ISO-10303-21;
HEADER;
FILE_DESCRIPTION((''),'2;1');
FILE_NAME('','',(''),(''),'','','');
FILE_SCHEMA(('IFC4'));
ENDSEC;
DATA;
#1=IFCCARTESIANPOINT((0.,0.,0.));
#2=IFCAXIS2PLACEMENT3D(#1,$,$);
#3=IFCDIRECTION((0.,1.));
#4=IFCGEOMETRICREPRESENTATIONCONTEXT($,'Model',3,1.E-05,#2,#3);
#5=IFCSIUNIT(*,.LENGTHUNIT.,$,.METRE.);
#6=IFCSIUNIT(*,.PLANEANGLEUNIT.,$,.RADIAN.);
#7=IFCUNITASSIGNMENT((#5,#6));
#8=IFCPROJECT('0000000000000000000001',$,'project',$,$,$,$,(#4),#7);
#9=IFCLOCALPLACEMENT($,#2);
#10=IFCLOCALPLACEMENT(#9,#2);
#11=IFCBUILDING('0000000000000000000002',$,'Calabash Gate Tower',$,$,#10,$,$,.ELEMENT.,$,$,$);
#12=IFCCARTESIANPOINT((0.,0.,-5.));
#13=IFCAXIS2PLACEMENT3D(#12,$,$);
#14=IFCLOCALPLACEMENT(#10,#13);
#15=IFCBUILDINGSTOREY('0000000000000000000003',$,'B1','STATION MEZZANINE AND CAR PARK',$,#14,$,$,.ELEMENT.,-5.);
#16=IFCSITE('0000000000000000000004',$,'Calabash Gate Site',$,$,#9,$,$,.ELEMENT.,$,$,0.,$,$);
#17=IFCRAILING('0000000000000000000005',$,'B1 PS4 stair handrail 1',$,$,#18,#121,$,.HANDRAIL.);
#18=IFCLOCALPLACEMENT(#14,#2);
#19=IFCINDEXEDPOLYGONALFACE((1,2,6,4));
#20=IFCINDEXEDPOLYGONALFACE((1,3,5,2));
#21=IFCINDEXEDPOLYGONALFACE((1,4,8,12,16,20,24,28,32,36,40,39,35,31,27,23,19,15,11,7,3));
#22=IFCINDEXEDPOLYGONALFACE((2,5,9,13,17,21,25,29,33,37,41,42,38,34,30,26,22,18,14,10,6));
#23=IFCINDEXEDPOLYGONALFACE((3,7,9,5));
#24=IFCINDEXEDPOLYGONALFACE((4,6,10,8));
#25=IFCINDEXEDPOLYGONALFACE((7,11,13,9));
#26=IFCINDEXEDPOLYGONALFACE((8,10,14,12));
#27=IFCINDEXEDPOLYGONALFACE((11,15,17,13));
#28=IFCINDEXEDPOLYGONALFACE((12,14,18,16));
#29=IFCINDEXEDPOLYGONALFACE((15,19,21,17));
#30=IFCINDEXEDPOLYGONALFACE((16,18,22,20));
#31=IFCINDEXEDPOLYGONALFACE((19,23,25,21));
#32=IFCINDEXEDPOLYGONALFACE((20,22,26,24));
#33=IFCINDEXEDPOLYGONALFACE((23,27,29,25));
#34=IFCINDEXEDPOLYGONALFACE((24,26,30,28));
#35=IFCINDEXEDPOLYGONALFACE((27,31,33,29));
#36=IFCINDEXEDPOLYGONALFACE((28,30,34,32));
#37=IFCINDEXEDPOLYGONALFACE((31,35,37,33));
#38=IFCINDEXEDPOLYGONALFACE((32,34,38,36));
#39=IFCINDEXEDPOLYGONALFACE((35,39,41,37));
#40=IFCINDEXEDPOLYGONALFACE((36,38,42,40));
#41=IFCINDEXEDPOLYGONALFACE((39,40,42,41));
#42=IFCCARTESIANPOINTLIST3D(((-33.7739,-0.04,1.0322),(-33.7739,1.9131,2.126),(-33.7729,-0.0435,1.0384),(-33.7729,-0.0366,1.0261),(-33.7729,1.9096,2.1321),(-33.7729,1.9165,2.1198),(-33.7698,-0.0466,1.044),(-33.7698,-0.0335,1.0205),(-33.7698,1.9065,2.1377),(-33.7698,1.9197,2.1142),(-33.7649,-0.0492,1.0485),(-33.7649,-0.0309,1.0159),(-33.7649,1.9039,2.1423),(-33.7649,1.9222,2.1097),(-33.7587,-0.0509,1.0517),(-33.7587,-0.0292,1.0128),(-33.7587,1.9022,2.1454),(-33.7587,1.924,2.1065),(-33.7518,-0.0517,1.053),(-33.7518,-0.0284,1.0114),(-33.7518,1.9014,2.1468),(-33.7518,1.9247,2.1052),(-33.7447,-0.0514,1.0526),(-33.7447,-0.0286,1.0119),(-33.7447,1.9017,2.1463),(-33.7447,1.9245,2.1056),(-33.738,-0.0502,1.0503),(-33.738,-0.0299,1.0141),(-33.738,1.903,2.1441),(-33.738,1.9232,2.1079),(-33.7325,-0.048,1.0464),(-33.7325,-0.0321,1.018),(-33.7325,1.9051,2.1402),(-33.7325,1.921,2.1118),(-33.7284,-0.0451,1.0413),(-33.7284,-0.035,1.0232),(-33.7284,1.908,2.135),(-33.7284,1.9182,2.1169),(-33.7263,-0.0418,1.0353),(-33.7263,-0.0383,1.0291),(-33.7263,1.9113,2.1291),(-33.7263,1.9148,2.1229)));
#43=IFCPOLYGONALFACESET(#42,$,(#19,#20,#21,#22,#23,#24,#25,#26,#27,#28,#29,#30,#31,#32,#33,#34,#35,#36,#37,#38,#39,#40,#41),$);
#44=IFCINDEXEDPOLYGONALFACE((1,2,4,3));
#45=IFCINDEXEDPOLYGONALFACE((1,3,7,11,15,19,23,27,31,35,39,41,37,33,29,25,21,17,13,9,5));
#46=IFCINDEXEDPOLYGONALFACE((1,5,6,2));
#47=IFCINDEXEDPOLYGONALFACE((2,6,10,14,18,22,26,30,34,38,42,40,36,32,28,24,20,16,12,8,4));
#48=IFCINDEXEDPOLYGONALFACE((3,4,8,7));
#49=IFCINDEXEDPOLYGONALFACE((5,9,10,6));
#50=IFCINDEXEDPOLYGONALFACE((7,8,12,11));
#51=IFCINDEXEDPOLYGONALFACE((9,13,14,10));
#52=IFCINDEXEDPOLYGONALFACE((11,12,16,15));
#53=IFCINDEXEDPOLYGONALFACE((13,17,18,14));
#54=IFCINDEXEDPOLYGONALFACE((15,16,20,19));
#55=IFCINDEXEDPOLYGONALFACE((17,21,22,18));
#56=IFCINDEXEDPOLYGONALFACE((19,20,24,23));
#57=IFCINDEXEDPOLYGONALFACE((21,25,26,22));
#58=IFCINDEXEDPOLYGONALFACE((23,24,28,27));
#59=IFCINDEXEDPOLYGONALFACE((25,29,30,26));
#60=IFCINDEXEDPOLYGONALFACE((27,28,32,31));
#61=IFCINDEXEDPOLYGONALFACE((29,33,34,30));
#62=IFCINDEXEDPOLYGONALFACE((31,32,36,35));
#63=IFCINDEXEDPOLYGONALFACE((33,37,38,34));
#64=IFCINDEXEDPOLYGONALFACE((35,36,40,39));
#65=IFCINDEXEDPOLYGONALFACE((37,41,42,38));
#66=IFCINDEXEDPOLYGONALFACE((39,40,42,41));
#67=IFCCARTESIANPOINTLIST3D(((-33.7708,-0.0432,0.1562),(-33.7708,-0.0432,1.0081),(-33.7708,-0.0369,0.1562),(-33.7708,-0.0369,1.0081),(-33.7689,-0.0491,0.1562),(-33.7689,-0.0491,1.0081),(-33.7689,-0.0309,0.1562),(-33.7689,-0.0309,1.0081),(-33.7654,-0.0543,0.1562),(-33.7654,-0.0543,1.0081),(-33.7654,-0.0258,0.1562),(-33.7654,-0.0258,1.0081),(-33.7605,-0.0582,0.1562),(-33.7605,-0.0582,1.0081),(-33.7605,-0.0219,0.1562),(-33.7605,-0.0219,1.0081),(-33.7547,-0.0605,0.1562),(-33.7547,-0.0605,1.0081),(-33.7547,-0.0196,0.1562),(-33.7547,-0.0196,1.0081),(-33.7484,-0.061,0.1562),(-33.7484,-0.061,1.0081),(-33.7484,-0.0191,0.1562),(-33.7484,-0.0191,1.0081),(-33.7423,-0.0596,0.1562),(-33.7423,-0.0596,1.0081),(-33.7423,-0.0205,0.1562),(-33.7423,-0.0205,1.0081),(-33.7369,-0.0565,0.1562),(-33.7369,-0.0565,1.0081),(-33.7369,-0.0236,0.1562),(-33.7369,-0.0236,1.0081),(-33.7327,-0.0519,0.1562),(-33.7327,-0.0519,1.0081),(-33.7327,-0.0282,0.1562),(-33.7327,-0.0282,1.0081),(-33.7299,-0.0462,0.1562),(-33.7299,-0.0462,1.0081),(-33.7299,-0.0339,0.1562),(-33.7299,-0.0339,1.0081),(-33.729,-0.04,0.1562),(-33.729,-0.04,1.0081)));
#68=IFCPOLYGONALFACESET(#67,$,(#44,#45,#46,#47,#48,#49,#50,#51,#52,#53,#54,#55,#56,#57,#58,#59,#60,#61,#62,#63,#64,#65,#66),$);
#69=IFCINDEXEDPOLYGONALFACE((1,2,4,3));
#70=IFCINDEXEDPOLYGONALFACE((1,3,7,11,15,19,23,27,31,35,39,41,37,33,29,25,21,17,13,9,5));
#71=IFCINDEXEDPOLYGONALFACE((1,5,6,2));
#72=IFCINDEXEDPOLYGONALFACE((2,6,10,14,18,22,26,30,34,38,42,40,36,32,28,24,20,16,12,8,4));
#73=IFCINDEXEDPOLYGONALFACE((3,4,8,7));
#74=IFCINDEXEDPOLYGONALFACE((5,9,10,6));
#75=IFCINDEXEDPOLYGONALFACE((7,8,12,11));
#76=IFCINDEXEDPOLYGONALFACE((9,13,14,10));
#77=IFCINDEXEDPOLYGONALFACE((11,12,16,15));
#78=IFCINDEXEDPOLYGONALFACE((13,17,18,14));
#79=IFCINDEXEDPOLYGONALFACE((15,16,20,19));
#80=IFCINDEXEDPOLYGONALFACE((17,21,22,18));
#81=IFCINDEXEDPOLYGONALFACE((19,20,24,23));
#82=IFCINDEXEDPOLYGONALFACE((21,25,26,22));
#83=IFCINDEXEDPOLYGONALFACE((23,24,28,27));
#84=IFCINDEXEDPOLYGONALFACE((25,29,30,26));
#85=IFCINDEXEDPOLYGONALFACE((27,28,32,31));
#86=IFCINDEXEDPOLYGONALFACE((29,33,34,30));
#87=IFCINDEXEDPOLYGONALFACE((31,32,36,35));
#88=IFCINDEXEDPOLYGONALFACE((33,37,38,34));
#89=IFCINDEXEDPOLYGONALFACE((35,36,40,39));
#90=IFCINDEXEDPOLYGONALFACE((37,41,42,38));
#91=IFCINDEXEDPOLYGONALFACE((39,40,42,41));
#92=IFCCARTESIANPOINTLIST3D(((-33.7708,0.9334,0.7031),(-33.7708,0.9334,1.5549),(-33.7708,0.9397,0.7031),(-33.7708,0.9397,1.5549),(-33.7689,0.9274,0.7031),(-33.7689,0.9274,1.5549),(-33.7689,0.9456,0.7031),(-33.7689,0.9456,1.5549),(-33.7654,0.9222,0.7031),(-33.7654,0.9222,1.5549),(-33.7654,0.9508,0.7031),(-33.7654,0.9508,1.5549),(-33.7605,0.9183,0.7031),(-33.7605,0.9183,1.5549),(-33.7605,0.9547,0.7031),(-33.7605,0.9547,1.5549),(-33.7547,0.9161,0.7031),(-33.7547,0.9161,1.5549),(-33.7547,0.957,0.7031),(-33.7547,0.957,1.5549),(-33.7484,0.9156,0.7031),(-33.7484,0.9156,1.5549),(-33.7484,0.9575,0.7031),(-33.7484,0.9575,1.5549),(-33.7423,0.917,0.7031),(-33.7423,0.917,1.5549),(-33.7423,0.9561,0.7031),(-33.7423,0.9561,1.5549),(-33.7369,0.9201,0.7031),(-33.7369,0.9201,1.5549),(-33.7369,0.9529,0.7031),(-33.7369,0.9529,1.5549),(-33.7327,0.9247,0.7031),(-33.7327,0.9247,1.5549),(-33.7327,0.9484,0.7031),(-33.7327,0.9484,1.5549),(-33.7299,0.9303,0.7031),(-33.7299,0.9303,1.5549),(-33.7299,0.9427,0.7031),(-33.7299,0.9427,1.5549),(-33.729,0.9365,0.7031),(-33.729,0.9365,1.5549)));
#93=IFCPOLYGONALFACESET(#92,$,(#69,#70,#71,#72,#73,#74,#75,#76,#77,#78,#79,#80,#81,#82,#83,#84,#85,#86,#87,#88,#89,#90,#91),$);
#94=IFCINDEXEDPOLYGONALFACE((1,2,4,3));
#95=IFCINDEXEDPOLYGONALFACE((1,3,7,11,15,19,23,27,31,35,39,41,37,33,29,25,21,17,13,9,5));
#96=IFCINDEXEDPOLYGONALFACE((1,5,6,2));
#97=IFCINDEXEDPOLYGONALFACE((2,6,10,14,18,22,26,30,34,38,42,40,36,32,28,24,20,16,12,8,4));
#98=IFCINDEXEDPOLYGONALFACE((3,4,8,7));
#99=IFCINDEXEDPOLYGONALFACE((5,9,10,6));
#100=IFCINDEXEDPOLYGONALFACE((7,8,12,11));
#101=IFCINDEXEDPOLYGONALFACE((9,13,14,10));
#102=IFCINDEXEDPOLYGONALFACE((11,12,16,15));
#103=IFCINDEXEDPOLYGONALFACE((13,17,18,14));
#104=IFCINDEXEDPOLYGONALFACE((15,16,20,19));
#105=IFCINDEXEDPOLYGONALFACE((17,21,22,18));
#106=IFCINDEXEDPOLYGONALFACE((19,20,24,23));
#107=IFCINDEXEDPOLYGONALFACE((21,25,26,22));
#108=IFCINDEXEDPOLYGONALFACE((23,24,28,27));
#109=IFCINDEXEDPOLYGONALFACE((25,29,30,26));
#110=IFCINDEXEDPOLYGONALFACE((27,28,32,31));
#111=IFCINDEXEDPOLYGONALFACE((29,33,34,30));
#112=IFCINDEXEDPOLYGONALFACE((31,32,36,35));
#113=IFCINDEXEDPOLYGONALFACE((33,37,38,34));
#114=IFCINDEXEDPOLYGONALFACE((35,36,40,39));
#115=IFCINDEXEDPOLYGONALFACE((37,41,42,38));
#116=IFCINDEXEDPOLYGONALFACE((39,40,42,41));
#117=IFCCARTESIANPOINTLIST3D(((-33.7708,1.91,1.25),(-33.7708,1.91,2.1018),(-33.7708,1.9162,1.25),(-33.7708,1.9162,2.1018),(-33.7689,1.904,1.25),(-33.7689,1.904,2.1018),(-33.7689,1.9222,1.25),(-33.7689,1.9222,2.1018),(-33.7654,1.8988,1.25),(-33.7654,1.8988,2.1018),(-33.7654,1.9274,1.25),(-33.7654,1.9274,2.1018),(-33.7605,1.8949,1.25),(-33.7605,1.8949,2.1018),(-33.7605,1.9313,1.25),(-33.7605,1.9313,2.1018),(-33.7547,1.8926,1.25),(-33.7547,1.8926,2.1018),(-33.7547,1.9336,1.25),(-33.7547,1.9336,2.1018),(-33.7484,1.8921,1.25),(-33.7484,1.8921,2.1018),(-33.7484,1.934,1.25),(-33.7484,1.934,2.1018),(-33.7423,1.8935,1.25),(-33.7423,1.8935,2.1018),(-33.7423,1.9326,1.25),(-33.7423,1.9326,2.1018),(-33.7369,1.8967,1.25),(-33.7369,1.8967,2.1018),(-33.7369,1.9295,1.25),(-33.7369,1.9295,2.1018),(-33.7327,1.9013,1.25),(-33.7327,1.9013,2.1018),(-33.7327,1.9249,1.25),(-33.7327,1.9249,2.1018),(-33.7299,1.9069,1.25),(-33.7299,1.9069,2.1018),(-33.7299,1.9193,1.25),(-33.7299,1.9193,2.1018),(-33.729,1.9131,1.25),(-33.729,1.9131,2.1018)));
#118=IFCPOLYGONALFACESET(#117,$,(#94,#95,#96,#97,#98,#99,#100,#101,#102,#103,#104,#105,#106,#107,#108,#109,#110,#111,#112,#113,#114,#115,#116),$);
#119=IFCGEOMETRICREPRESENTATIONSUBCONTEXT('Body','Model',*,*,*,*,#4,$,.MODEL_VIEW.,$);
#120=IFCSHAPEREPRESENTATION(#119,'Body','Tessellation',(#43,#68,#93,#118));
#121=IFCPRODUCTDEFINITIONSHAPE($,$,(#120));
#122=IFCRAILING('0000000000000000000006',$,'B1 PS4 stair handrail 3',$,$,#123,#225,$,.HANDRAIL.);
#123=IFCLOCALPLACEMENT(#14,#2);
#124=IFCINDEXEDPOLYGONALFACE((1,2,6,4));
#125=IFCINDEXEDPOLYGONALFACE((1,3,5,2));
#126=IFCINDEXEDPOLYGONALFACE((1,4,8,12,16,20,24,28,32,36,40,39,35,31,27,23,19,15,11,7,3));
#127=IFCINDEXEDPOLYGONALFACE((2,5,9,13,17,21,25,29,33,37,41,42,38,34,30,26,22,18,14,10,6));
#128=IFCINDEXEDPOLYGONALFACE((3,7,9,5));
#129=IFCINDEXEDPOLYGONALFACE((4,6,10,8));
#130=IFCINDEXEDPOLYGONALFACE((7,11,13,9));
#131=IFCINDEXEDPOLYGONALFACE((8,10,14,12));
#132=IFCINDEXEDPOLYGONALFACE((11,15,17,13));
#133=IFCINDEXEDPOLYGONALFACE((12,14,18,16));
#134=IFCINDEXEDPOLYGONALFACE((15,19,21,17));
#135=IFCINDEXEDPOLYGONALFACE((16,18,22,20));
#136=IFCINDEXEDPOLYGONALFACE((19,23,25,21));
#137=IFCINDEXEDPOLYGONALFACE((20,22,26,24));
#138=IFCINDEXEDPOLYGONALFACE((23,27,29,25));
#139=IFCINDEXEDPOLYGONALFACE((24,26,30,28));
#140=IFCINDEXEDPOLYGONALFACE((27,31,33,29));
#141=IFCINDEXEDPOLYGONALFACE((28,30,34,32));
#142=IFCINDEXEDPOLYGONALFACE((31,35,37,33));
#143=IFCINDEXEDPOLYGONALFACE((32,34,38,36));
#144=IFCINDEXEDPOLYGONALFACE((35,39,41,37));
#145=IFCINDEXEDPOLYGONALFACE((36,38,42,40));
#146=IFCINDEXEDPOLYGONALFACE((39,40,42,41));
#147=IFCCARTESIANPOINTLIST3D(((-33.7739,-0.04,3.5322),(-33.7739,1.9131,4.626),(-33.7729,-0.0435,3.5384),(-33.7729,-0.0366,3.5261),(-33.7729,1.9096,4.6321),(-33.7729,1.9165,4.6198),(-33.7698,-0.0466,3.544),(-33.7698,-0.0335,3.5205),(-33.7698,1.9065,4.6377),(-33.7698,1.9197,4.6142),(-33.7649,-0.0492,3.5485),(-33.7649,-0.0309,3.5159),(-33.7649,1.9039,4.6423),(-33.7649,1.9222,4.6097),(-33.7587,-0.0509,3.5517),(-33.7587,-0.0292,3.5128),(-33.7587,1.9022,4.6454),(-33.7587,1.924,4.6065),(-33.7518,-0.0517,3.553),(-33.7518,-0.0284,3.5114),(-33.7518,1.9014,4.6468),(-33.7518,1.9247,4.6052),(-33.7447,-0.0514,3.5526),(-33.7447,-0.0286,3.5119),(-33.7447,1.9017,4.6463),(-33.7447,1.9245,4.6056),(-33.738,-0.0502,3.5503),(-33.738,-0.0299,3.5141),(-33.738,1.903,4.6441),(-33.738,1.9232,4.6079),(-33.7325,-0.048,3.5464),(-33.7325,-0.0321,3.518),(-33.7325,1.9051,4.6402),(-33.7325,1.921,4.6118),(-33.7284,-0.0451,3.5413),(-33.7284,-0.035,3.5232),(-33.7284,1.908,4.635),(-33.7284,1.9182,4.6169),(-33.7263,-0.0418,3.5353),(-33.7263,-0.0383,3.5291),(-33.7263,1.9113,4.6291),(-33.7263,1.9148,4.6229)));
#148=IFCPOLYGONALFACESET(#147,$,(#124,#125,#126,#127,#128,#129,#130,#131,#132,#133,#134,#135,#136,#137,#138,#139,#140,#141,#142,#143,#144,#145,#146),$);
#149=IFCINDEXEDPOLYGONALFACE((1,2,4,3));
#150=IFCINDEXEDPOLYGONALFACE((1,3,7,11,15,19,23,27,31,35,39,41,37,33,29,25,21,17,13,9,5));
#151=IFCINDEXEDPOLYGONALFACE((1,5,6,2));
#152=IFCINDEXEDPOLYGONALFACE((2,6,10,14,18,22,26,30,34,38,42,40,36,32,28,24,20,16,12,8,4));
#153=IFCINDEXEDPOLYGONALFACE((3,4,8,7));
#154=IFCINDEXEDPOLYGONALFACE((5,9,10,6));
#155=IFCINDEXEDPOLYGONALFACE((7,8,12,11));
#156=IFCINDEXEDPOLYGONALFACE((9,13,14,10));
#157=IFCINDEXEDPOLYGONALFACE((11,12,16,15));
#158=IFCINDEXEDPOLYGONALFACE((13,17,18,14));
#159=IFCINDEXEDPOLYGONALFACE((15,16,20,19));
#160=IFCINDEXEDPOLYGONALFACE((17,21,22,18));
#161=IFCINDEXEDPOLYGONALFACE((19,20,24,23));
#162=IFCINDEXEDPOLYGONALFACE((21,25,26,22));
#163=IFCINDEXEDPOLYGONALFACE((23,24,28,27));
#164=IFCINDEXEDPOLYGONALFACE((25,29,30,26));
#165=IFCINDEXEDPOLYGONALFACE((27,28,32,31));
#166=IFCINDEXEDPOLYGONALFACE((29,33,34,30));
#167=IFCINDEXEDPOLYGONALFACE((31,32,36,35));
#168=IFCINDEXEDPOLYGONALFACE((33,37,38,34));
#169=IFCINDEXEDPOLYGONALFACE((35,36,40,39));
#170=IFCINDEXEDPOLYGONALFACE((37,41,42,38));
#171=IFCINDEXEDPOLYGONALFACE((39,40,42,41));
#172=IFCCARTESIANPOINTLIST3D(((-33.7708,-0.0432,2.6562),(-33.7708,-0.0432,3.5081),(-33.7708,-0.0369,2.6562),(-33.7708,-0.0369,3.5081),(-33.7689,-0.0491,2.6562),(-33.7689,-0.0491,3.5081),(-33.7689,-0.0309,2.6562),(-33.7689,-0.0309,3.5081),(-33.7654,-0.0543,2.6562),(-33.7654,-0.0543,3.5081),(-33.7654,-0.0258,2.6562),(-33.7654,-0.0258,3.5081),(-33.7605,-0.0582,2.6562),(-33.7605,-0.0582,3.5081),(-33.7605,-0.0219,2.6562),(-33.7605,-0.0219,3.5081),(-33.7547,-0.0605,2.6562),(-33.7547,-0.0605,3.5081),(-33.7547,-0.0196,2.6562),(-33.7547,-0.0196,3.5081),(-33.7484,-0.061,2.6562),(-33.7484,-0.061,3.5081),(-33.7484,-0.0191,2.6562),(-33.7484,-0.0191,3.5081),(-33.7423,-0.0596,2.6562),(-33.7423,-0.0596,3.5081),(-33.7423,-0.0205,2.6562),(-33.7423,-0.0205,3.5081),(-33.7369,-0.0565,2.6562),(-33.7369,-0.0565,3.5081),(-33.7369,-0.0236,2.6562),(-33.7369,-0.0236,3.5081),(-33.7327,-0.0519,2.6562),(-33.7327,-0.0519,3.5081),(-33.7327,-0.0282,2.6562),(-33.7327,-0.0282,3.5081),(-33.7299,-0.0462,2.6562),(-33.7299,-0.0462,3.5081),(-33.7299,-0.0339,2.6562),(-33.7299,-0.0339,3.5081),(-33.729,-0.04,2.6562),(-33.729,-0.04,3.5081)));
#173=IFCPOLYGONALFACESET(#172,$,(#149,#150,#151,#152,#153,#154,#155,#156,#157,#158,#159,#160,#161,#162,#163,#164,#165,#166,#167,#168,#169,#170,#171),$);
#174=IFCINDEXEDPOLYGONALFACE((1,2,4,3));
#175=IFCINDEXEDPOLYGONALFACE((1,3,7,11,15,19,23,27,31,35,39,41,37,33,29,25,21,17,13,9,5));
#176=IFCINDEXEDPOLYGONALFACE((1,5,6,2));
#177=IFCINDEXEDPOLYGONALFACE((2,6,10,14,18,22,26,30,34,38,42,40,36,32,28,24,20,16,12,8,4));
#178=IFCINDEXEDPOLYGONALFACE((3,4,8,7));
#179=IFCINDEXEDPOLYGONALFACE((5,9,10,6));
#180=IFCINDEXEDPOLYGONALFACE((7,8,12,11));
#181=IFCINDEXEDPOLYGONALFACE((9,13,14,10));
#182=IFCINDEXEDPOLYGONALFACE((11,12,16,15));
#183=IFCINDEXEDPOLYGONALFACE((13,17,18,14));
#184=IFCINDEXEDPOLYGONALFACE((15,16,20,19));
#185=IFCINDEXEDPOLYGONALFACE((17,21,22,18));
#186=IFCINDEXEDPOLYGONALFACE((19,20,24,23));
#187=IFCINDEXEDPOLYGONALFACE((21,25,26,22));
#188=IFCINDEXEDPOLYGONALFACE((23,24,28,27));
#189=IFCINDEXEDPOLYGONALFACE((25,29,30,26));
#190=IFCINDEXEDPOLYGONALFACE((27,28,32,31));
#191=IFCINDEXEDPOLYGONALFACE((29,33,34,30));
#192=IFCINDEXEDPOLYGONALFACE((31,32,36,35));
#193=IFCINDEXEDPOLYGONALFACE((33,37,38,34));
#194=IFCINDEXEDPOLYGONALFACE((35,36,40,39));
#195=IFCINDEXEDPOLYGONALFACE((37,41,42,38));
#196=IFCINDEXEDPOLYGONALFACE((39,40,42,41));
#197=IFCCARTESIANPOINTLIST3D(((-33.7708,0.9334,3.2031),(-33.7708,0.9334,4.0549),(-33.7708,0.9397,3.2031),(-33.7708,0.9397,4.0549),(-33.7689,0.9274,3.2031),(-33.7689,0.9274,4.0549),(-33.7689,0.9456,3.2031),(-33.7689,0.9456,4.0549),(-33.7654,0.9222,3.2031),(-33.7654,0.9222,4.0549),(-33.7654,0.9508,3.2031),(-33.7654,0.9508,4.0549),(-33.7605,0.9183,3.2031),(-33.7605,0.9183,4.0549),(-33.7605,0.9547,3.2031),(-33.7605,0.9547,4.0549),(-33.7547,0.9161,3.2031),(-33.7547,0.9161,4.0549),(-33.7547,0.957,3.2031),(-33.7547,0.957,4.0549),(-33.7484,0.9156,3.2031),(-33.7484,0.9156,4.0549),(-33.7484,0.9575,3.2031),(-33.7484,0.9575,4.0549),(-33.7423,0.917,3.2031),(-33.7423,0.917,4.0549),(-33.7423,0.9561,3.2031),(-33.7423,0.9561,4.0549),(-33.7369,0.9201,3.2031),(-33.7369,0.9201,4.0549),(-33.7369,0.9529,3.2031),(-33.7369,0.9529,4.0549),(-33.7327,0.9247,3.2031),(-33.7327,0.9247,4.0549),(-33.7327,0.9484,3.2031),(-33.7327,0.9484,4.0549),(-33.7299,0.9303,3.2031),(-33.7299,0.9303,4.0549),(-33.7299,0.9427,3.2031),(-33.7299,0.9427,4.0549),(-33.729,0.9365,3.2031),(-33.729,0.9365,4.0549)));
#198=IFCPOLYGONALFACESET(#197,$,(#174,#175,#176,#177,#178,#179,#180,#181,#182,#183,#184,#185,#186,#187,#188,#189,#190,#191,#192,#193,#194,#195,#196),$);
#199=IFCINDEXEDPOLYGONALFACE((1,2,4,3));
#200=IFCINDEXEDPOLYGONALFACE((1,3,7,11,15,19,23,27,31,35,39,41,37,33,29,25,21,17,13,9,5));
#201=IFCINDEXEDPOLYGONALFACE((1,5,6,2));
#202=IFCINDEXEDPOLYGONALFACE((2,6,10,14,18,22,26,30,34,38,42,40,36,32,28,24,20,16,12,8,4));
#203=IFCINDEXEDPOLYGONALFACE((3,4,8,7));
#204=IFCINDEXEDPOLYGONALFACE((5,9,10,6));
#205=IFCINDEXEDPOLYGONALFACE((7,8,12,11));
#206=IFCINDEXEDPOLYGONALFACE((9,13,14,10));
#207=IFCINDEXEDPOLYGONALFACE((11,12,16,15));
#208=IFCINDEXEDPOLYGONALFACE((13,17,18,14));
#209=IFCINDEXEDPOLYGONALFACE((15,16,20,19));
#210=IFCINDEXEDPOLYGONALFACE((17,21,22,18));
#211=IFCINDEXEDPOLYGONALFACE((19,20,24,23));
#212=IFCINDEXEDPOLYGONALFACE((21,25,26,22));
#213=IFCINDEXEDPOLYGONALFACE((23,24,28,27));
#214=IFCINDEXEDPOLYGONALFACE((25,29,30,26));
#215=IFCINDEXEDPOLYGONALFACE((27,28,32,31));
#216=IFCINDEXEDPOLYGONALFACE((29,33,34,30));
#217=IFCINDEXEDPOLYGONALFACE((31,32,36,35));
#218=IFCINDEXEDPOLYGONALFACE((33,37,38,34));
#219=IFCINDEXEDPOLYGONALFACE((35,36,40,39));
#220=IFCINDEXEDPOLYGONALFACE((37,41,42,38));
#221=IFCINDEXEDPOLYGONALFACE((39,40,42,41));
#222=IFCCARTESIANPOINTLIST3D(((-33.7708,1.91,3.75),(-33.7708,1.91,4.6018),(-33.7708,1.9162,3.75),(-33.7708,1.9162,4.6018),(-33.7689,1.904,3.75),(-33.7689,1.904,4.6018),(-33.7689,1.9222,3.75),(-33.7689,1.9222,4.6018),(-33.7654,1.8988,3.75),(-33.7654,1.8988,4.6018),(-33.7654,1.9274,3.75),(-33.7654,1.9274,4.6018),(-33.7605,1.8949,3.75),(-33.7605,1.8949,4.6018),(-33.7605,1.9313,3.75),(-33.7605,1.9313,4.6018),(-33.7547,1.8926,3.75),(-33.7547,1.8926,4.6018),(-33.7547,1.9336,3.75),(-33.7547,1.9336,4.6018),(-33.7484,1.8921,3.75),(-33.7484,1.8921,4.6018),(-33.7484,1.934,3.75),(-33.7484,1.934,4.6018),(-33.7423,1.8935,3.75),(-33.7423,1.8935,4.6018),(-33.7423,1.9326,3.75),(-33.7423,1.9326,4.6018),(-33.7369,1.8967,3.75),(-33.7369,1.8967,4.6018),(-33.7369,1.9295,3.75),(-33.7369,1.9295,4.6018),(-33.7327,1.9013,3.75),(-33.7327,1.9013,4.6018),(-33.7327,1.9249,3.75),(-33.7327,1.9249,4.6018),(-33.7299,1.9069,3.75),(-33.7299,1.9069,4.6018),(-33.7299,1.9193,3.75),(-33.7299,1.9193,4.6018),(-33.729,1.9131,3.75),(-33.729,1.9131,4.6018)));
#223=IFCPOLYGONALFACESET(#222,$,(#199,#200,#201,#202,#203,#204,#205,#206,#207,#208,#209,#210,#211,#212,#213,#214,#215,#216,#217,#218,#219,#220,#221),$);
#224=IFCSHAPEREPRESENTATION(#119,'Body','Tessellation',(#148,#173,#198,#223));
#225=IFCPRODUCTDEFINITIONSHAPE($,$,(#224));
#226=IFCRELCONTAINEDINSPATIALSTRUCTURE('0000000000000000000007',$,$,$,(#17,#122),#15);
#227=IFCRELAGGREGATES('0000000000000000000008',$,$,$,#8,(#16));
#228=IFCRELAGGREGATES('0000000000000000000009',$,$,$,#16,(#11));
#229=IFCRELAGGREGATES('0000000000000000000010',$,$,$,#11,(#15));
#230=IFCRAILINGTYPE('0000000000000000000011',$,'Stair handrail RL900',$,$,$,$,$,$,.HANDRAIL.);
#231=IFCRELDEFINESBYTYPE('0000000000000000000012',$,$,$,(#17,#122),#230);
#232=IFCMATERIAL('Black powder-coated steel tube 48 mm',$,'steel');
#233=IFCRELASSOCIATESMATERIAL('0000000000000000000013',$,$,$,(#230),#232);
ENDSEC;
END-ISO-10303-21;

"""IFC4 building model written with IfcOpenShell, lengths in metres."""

from ifc_helpers import new_model, si_unit, direction, frame, origin, origin_2d, place, context, subcontext, project, spatial, circle, extrude, material, type_object, element, save


model = new_model("IFC4")

# Units and contexts
model_context = context("Model", 3, precision=1e-05, world=origin(), true_north=direction((0.0, 1.0)))
body_context = subcontext(model_context, "Body", "Model", "MODEL_VIEW")
ifc_project = project(units=[si_unit("LENGTHUNIT", "METRE"), si_unit("PLANEANGLEUNIT", "RADIAN")], contexts=[model_context])

# Site, building, storey
site_placement = place(None, origin())
site = spatial("IfcSite", under=ifc_project, at=site_placement, Name="Calabash Gate Site", CompositionType="ELEMENT", RefElevation=0.0)
building_placement = place(site_placement, origin())
building = spatial("IfcBuilding", under=site, at=building_placement, Name="Calabash Gate Tower", CompositionType="ELEMENT")
storey_placement = place(building_placement, frame((0.0, 0.0, -5.0)))
storey = spatial("IfcBuildingStorey", under=building, at=storey_placement, Name="B1", Description="STATION MEZZANINE AND CAR PARK", CompositionType="ELEMENT", Elevation=-5.0)

# Railings
ifc_material_1 = material(Name="Black powder-coated steel tube 48 mm", Category="steel")
railing_type_1 = type_object("IfcRailingType", Name="Stair handrail RL900", PredefinedType="HANDRAIL", material=ifc_material_1)
for number, where, name in (
    (1, (-33.75, -0.04, 0.1562), "B1 PS4 stair handrail 1"),
    (2, (-33.75, -0.04, 2.6562), "B1 PS4 stair handrail 3"),
):
    element("IfcRailing", number, at=place(storey_placement, frame(where)), inside=storey, type_object=railing_type_1, Name=name, PredefinedType="HANDRAIL", context=body_context, shape_type="SweptSolid", body=[
        extrude(circle(Radius=0.0239, at=origin_2d()), frame((0.0, 0.0, 0.876), z_axis=(0.0, 0.872506, 0.488603), x_axis=(-1.0, 0.0, 0.0)), (0.0, 0.0, 1.0), 2.2385),
        extrude(circle(Radius=0.021, at=origin_2d()), origin(), (0.0, 0.0, 1.0), 0.8518),
        extrude(circle(Radius=0.021, at=origin_2d()), frame((0.0, 0.9766, 0.5469)), (0.0, 0.0, 1.0), 0.8518),
        extrude(circle(Radius=0.021, at=origin_2d()), frame((0.0, 1.9531, 1.0938)), (0.0, 0.0, 1.0), 0.8518),
    ])

save(model, "model.ifc")
